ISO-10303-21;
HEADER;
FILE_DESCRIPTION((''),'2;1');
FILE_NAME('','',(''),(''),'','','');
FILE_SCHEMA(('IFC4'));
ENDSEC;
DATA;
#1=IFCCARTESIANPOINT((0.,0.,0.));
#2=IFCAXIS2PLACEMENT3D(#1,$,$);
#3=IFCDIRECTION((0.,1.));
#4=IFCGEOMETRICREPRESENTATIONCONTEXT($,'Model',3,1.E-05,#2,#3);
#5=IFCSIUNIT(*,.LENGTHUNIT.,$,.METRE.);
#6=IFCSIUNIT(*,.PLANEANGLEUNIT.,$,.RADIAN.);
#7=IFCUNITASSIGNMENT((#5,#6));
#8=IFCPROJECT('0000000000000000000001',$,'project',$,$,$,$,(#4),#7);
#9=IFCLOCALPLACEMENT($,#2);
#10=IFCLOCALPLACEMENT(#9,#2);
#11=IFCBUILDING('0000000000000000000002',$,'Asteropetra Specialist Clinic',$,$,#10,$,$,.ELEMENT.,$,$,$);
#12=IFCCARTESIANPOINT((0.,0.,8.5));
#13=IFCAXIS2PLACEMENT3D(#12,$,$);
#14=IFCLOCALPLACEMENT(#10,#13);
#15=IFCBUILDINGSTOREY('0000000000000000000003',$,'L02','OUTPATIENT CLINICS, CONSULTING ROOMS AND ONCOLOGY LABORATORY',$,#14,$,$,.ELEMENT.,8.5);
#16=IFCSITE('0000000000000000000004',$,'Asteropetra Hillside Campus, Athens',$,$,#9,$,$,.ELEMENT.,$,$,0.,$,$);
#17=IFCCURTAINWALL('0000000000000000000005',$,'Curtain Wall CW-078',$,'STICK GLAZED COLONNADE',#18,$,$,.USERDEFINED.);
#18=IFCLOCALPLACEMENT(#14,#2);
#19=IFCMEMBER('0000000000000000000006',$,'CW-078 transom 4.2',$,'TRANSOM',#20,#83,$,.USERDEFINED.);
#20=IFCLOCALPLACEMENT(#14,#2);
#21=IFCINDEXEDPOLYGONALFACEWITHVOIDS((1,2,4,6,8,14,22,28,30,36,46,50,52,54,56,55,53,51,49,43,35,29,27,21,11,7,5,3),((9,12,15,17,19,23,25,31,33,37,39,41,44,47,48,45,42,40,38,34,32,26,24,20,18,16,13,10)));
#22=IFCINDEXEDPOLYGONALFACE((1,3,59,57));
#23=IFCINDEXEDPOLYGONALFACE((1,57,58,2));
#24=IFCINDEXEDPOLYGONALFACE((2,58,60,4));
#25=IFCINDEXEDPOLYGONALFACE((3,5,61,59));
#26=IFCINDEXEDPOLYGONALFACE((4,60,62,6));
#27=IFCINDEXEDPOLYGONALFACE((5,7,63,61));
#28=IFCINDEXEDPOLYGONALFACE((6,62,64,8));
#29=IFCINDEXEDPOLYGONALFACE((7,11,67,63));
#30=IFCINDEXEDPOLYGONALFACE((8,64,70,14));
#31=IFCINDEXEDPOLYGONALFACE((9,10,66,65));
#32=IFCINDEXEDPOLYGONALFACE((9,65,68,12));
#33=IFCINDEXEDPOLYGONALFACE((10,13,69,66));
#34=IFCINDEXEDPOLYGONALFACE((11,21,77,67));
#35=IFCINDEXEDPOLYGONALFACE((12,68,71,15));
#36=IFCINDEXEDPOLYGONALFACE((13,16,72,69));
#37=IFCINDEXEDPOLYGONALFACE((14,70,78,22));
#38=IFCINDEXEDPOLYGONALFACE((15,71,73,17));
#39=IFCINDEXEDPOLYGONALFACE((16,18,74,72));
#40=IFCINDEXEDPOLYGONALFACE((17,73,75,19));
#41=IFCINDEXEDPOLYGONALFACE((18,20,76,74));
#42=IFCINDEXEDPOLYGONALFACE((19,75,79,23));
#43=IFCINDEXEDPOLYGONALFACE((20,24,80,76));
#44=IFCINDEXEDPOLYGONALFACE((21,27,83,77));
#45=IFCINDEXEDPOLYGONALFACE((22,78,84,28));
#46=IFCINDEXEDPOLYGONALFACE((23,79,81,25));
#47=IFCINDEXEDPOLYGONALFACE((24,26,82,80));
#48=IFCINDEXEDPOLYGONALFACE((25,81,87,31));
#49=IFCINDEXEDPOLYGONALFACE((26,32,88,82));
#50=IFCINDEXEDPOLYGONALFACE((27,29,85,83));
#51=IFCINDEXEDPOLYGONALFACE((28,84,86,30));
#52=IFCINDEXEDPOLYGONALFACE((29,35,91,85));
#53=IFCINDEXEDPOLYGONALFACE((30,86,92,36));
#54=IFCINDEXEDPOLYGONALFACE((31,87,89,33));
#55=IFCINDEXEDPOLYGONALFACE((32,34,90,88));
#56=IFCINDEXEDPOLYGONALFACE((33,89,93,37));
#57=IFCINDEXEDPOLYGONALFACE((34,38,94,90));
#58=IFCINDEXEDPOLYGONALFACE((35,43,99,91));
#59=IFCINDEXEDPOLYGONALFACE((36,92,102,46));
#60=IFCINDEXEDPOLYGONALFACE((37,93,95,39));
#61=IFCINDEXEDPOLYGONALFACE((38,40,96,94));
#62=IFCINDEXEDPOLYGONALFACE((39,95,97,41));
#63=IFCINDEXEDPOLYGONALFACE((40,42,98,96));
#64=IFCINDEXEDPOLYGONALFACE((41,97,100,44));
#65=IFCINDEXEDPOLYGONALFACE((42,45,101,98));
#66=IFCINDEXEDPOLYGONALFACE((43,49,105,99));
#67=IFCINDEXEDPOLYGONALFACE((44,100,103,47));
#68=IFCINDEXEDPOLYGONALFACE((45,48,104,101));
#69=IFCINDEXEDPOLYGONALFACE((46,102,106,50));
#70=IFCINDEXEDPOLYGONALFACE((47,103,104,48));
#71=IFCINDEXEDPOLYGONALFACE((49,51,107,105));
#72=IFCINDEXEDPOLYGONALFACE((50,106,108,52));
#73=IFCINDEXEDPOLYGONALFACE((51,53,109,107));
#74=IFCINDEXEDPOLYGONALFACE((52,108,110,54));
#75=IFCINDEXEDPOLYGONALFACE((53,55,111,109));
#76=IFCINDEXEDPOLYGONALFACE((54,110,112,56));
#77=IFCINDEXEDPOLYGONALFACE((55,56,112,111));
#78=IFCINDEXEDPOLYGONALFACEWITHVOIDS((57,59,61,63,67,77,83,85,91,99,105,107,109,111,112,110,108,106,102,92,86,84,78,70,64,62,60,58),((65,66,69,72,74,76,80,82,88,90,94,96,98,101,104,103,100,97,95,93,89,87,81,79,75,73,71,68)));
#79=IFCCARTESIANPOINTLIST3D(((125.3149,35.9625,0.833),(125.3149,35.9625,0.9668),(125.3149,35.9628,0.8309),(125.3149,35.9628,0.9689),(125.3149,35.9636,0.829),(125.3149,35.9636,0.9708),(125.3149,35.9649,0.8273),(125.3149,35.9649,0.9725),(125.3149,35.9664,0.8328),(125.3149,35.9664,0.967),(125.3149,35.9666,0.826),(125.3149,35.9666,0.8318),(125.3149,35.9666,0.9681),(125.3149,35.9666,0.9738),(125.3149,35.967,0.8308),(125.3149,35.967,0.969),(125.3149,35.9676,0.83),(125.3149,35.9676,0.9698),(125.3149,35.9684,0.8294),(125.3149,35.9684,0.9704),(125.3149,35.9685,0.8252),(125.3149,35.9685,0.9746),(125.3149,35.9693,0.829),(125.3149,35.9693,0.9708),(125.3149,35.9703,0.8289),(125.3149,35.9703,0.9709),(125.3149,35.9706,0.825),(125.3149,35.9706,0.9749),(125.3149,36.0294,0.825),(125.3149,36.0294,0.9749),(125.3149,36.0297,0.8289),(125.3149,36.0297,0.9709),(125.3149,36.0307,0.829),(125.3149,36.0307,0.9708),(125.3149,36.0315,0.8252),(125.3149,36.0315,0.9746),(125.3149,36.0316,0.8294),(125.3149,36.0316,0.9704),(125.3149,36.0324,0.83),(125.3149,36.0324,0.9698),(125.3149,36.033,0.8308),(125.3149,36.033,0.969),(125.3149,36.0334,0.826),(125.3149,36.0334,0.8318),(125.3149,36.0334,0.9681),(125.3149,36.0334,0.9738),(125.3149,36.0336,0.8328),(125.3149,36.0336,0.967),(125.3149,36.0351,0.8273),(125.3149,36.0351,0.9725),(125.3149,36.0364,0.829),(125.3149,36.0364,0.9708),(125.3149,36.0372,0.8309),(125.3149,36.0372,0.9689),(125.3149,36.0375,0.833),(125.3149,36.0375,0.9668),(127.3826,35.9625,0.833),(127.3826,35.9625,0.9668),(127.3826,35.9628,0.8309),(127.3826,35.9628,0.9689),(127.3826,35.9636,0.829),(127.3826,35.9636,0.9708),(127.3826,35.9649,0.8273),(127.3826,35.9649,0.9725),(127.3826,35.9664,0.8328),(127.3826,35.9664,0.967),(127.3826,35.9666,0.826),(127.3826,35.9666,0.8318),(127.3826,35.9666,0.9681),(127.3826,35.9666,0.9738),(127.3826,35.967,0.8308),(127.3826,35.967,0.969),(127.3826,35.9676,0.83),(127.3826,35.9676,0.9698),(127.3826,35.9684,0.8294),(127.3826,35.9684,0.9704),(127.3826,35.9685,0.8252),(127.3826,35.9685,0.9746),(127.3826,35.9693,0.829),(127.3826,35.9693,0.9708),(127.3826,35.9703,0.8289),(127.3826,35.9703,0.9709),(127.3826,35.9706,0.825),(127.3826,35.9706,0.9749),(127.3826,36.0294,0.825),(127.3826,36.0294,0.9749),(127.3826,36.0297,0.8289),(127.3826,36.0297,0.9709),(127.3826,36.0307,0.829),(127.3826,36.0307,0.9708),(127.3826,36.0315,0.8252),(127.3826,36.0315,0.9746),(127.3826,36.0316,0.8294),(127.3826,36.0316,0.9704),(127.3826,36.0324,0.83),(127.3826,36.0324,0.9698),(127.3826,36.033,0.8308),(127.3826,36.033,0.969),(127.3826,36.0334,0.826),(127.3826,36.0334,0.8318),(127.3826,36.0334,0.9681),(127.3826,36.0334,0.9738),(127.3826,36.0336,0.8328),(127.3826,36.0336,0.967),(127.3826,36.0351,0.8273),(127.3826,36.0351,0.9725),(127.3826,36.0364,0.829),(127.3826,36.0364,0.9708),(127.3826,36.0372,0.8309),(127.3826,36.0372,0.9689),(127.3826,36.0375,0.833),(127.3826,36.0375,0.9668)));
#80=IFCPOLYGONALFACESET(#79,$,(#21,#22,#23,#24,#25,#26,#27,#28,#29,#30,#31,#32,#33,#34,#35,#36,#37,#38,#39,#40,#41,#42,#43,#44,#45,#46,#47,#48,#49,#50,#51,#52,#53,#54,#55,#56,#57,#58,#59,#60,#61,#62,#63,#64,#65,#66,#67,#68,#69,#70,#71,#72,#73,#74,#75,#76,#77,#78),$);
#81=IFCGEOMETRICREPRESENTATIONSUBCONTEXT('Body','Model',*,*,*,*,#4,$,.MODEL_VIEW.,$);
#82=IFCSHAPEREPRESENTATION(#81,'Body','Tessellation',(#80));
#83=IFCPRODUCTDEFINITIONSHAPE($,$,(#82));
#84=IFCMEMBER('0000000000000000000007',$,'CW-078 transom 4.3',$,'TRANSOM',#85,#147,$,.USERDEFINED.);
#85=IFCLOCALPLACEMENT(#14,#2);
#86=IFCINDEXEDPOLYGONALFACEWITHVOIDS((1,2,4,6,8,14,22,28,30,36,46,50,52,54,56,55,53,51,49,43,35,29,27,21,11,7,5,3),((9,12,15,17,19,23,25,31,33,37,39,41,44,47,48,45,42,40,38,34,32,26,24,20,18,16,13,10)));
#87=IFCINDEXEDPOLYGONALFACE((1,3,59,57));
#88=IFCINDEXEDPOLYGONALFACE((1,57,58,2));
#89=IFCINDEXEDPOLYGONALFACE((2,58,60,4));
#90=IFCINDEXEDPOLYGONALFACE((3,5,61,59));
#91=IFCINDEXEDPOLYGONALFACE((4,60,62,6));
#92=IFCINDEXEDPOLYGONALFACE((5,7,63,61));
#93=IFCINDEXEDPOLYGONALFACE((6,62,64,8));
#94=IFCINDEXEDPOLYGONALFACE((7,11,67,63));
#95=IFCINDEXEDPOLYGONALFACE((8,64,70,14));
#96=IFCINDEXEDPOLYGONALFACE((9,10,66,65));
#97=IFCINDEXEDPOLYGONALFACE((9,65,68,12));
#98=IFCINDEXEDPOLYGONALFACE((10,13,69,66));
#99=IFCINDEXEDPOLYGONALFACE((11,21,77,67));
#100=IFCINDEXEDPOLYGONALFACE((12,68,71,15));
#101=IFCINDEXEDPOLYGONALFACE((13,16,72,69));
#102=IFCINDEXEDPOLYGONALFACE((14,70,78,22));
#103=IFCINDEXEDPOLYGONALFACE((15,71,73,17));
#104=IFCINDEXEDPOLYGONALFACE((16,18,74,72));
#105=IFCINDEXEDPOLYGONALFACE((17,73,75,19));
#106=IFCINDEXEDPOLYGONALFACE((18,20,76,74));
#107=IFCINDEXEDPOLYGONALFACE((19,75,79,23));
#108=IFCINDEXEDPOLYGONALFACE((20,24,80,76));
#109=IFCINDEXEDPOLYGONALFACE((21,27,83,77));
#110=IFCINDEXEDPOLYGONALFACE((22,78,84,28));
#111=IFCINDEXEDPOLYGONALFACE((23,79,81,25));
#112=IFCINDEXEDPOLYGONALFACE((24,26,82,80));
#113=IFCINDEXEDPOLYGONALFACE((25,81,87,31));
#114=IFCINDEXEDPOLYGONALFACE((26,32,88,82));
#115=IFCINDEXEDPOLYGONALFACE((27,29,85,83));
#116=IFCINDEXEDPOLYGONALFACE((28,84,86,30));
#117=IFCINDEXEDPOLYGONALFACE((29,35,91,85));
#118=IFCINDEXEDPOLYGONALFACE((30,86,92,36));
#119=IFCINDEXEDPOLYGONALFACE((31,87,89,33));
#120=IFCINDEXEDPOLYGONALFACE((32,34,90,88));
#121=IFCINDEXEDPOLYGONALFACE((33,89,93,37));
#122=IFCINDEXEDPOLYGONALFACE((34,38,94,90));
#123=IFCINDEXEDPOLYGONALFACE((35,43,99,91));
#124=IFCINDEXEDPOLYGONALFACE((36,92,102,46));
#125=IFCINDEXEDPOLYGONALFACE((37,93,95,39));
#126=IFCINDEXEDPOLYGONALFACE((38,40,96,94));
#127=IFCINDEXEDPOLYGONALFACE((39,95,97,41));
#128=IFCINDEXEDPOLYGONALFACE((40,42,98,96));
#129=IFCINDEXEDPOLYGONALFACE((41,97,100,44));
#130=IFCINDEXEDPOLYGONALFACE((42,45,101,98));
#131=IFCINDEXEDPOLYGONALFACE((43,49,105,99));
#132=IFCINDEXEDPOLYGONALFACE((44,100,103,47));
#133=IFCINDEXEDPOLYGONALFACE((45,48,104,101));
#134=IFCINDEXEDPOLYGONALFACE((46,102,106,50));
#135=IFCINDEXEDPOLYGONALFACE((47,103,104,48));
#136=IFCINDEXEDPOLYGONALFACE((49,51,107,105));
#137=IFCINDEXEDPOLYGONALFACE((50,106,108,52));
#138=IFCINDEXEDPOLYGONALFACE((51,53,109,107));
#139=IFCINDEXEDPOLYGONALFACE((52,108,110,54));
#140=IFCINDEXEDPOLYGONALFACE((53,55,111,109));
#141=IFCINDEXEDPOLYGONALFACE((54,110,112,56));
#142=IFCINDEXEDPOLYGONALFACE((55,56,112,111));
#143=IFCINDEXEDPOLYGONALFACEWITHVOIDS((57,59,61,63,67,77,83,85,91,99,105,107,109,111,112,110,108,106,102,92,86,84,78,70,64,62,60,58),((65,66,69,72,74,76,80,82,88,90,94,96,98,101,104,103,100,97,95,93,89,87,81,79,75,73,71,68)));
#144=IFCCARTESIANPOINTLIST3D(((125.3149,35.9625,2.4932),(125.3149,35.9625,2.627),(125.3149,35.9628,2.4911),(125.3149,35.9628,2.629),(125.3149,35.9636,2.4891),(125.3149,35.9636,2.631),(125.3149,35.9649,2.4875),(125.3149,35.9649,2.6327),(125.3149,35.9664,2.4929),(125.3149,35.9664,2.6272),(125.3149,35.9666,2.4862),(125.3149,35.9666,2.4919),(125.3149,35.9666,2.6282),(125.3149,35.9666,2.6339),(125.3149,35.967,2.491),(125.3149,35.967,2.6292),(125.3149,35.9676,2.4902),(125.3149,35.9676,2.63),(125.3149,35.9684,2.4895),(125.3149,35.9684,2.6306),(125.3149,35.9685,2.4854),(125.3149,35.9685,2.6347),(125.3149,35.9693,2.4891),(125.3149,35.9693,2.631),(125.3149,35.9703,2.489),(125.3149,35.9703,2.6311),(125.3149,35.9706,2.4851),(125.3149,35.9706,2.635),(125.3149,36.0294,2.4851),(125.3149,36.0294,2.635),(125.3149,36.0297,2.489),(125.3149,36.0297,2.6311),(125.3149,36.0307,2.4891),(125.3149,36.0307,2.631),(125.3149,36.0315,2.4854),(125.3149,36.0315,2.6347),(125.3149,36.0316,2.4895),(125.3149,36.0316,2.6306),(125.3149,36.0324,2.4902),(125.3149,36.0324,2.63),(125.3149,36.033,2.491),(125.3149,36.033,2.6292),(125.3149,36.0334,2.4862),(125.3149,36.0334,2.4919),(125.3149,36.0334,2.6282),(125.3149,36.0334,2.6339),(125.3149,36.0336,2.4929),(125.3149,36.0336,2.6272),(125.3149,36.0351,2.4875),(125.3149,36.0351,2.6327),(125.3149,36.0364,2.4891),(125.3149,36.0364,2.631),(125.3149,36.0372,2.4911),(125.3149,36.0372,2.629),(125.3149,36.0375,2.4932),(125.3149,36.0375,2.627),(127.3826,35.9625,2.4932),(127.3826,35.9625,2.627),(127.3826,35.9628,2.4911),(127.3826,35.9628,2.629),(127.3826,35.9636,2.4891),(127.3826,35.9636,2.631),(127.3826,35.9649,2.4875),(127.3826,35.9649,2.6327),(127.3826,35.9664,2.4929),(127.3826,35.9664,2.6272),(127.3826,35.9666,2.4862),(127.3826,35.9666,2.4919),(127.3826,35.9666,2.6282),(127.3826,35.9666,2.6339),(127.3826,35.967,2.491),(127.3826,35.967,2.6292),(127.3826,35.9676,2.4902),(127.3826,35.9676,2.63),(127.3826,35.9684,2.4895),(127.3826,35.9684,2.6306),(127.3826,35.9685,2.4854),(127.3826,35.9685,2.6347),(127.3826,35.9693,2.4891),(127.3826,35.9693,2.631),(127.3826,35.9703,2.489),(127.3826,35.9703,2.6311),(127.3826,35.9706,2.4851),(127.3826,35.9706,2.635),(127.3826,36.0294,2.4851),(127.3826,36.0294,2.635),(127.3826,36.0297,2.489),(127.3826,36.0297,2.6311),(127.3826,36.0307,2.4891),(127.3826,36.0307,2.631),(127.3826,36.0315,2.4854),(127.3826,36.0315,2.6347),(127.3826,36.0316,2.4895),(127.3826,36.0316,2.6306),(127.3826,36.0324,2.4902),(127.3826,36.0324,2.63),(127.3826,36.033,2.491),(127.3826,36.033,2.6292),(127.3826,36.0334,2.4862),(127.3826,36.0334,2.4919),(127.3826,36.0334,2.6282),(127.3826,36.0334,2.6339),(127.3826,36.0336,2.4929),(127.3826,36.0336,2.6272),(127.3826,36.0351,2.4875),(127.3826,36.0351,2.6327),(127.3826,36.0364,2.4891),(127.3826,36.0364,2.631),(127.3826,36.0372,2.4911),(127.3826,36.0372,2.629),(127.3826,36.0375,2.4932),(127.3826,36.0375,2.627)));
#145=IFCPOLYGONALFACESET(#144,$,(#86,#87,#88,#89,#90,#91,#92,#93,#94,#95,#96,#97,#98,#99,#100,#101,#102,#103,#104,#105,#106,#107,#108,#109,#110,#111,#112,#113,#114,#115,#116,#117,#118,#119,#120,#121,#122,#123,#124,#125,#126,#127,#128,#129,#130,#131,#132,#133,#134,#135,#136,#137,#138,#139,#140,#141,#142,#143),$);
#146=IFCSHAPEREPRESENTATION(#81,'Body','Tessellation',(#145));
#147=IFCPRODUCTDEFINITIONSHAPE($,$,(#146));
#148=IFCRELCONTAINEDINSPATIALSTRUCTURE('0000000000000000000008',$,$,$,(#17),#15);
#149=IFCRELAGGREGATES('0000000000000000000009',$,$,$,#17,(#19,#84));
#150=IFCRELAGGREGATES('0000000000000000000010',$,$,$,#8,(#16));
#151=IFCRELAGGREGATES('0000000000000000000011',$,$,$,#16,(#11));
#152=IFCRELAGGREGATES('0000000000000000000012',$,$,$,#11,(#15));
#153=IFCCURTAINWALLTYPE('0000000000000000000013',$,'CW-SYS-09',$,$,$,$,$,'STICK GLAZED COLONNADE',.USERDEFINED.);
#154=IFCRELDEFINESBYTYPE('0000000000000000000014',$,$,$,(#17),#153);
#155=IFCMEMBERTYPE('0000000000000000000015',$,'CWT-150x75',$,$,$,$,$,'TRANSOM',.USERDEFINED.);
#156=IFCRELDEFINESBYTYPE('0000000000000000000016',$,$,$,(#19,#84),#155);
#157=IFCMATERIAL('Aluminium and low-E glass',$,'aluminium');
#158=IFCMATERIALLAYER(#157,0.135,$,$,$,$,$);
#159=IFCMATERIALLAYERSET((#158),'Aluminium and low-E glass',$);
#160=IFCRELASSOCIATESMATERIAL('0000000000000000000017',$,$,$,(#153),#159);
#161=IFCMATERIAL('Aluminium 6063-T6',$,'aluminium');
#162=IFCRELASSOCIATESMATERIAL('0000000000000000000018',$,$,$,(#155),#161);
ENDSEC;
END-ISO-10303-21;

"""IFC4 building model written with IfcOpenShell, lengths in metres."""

from ifc_helpers import new_model, si_unit, direction, frame, origin, origin_2d, place, context, subcontext, project, spatial, hollow_rectangle, extrude, material, layer, layer_set, material_profile, profile_set, type_object, element, aggregate, save


model = new_model("IFC4")

# Units and contexts
model_context = context("Model", 3, precision=1e-05, world=origin(), true_north=direction((0.0, 1.0)))
body_context = subcontext(model_context, "Body", "Model", "MODEL_VIEW")
ifc_project = project(units=[si_unit("LENGTHUNIT", "METRE"), si_unit("PLANEANGLEUNIT", "RADIAN")], contexts=[model_context])

# Site, building, storey
site_placement = place(None, origin())
site = spatial("IfcSite", under=ifc_project, at=site_placement, Name="Asteropetra Hillside Campus, Athens", CompositionType="ELEMENT", RefElevation=0.0)
building_placement = place(site_placement, origin())
building = spatial("IfcBuilding", under=site, at=building_placement, Name="Asteropetra Specialist Clinic", CompositionType="ELEMENT")
storey_placement = place(building_placement, frame((0.0, 0.0, 8.5)))
storey = spatial("IfcBuildingStorey", under=building, at=storey_placement, Name="L02", Description="OUTPATIENT CLINICS, CONSULTING ROOMS AND ONCOLOGY LABORATORY", CompositionType="ELEMENT", Elevation=8.5)

# Curtain wall
ifc_material_1 = material(Name="Aluminium and low-E glass", Category="aluminium")
ifc_layer_1 = layer(ifc_material_1, 0.135)
ifc_layer_set_1 = layer_set([ifc_layer_1], Name="Aluminium and low-E glass")
curtain_wall_type_1 = type_object("IfcCurtainWallType", Name="CW-SYS-09", ElementType="STICK GLAZED COLONNADE", PredefinedType="USERDEFINED", material=ifc_layer_set_1)
curtain_wall_1_placement = place(storey_placement, origin())
curtain_wall_1 = element("IfcCurtainWall", 1, at=curtain_wall_1_placement, inside=storey, type_object=curtain_wall_type_1, Name="Curtain Wall CW-078", ObjectType="STICK GLAZED COLONNADE", PredefinedType="USERDEFINED")

# Members
ifc_material_2 = material(Name="Aluminium 6063-T6", Category="aluminium")
ifc_material_profile_1 = material_profile(ifc_material_2, hollow_rectangle(XDim=0.075, YDim=0.1499, WallThickness=0.0039, InnerFilletRadius=0.0039, OuterFilletRadius=0.0081, at=origin_2d()), Name="TRN 150x75x4.0")
ifc_profile_set_1 = profile_set([ifc_material_profile_1], Name="Aluminium 6063-T6")
member_type_1 = type_object("IfcMemberType", Name="CWT-150x75", ElementType="TRANSOM", PredefinedType="USERDEFINED", material=ifc_profile_set_1)
member_1_placement = place(storey_placement, frame((127.3826, 36.0, 0.8999), z_axis=(-1.0, 0.0, 0.0), x_axis=(0.0, -1.0, 0.0)))
member_1 = element("IfcMember", 2, at=member_1_placement, type_object=member_type_1, Name="CW-078 transom 4.2", ObjectType="TRANSOM", PredefinedType="USERDEFINED", context=body_context, shape_type="SweptSolid", body=[
    extrude(hollow_rectangle(XDim=0.075, YDim=0.1499, WallThickness=0.0039, InnerFilletRadius=0.0039, OuterFilletRadius=0.0081, at=origin_2d()), origin(), (0.0, 0.0, 1.0), 2.0676),
])
member_2_placement = place(storey_placement, frame((127.3826, 36.0, 2.5601), z_axis=(-1.0, 0.0, 0.0), x_axis=(0.0, -1.0, 0.0)))
member_2 = element("IfcMember", 3, at=member_2_placement, type_object=member_type_1, Name="CW-078 transom 4.3", ObjectType="TRANSOM", PredefinedType="USERDEFINED", context=body_context, shape_type="SweptSolid", body=[
    extrude(hollow_rectangle(XDim=0.075, YDim=0.1499, WallThickness=0.0039, InnerFilletRadius=0.0039, OuterFilletRadius=0.0081, at=origin_2d()), origin(), (0.0, 0.0, 1.0), 2.0676),
])

aggregate(curtain_wall_1, [member_1, member_2])

save(model, "model.ifc")
